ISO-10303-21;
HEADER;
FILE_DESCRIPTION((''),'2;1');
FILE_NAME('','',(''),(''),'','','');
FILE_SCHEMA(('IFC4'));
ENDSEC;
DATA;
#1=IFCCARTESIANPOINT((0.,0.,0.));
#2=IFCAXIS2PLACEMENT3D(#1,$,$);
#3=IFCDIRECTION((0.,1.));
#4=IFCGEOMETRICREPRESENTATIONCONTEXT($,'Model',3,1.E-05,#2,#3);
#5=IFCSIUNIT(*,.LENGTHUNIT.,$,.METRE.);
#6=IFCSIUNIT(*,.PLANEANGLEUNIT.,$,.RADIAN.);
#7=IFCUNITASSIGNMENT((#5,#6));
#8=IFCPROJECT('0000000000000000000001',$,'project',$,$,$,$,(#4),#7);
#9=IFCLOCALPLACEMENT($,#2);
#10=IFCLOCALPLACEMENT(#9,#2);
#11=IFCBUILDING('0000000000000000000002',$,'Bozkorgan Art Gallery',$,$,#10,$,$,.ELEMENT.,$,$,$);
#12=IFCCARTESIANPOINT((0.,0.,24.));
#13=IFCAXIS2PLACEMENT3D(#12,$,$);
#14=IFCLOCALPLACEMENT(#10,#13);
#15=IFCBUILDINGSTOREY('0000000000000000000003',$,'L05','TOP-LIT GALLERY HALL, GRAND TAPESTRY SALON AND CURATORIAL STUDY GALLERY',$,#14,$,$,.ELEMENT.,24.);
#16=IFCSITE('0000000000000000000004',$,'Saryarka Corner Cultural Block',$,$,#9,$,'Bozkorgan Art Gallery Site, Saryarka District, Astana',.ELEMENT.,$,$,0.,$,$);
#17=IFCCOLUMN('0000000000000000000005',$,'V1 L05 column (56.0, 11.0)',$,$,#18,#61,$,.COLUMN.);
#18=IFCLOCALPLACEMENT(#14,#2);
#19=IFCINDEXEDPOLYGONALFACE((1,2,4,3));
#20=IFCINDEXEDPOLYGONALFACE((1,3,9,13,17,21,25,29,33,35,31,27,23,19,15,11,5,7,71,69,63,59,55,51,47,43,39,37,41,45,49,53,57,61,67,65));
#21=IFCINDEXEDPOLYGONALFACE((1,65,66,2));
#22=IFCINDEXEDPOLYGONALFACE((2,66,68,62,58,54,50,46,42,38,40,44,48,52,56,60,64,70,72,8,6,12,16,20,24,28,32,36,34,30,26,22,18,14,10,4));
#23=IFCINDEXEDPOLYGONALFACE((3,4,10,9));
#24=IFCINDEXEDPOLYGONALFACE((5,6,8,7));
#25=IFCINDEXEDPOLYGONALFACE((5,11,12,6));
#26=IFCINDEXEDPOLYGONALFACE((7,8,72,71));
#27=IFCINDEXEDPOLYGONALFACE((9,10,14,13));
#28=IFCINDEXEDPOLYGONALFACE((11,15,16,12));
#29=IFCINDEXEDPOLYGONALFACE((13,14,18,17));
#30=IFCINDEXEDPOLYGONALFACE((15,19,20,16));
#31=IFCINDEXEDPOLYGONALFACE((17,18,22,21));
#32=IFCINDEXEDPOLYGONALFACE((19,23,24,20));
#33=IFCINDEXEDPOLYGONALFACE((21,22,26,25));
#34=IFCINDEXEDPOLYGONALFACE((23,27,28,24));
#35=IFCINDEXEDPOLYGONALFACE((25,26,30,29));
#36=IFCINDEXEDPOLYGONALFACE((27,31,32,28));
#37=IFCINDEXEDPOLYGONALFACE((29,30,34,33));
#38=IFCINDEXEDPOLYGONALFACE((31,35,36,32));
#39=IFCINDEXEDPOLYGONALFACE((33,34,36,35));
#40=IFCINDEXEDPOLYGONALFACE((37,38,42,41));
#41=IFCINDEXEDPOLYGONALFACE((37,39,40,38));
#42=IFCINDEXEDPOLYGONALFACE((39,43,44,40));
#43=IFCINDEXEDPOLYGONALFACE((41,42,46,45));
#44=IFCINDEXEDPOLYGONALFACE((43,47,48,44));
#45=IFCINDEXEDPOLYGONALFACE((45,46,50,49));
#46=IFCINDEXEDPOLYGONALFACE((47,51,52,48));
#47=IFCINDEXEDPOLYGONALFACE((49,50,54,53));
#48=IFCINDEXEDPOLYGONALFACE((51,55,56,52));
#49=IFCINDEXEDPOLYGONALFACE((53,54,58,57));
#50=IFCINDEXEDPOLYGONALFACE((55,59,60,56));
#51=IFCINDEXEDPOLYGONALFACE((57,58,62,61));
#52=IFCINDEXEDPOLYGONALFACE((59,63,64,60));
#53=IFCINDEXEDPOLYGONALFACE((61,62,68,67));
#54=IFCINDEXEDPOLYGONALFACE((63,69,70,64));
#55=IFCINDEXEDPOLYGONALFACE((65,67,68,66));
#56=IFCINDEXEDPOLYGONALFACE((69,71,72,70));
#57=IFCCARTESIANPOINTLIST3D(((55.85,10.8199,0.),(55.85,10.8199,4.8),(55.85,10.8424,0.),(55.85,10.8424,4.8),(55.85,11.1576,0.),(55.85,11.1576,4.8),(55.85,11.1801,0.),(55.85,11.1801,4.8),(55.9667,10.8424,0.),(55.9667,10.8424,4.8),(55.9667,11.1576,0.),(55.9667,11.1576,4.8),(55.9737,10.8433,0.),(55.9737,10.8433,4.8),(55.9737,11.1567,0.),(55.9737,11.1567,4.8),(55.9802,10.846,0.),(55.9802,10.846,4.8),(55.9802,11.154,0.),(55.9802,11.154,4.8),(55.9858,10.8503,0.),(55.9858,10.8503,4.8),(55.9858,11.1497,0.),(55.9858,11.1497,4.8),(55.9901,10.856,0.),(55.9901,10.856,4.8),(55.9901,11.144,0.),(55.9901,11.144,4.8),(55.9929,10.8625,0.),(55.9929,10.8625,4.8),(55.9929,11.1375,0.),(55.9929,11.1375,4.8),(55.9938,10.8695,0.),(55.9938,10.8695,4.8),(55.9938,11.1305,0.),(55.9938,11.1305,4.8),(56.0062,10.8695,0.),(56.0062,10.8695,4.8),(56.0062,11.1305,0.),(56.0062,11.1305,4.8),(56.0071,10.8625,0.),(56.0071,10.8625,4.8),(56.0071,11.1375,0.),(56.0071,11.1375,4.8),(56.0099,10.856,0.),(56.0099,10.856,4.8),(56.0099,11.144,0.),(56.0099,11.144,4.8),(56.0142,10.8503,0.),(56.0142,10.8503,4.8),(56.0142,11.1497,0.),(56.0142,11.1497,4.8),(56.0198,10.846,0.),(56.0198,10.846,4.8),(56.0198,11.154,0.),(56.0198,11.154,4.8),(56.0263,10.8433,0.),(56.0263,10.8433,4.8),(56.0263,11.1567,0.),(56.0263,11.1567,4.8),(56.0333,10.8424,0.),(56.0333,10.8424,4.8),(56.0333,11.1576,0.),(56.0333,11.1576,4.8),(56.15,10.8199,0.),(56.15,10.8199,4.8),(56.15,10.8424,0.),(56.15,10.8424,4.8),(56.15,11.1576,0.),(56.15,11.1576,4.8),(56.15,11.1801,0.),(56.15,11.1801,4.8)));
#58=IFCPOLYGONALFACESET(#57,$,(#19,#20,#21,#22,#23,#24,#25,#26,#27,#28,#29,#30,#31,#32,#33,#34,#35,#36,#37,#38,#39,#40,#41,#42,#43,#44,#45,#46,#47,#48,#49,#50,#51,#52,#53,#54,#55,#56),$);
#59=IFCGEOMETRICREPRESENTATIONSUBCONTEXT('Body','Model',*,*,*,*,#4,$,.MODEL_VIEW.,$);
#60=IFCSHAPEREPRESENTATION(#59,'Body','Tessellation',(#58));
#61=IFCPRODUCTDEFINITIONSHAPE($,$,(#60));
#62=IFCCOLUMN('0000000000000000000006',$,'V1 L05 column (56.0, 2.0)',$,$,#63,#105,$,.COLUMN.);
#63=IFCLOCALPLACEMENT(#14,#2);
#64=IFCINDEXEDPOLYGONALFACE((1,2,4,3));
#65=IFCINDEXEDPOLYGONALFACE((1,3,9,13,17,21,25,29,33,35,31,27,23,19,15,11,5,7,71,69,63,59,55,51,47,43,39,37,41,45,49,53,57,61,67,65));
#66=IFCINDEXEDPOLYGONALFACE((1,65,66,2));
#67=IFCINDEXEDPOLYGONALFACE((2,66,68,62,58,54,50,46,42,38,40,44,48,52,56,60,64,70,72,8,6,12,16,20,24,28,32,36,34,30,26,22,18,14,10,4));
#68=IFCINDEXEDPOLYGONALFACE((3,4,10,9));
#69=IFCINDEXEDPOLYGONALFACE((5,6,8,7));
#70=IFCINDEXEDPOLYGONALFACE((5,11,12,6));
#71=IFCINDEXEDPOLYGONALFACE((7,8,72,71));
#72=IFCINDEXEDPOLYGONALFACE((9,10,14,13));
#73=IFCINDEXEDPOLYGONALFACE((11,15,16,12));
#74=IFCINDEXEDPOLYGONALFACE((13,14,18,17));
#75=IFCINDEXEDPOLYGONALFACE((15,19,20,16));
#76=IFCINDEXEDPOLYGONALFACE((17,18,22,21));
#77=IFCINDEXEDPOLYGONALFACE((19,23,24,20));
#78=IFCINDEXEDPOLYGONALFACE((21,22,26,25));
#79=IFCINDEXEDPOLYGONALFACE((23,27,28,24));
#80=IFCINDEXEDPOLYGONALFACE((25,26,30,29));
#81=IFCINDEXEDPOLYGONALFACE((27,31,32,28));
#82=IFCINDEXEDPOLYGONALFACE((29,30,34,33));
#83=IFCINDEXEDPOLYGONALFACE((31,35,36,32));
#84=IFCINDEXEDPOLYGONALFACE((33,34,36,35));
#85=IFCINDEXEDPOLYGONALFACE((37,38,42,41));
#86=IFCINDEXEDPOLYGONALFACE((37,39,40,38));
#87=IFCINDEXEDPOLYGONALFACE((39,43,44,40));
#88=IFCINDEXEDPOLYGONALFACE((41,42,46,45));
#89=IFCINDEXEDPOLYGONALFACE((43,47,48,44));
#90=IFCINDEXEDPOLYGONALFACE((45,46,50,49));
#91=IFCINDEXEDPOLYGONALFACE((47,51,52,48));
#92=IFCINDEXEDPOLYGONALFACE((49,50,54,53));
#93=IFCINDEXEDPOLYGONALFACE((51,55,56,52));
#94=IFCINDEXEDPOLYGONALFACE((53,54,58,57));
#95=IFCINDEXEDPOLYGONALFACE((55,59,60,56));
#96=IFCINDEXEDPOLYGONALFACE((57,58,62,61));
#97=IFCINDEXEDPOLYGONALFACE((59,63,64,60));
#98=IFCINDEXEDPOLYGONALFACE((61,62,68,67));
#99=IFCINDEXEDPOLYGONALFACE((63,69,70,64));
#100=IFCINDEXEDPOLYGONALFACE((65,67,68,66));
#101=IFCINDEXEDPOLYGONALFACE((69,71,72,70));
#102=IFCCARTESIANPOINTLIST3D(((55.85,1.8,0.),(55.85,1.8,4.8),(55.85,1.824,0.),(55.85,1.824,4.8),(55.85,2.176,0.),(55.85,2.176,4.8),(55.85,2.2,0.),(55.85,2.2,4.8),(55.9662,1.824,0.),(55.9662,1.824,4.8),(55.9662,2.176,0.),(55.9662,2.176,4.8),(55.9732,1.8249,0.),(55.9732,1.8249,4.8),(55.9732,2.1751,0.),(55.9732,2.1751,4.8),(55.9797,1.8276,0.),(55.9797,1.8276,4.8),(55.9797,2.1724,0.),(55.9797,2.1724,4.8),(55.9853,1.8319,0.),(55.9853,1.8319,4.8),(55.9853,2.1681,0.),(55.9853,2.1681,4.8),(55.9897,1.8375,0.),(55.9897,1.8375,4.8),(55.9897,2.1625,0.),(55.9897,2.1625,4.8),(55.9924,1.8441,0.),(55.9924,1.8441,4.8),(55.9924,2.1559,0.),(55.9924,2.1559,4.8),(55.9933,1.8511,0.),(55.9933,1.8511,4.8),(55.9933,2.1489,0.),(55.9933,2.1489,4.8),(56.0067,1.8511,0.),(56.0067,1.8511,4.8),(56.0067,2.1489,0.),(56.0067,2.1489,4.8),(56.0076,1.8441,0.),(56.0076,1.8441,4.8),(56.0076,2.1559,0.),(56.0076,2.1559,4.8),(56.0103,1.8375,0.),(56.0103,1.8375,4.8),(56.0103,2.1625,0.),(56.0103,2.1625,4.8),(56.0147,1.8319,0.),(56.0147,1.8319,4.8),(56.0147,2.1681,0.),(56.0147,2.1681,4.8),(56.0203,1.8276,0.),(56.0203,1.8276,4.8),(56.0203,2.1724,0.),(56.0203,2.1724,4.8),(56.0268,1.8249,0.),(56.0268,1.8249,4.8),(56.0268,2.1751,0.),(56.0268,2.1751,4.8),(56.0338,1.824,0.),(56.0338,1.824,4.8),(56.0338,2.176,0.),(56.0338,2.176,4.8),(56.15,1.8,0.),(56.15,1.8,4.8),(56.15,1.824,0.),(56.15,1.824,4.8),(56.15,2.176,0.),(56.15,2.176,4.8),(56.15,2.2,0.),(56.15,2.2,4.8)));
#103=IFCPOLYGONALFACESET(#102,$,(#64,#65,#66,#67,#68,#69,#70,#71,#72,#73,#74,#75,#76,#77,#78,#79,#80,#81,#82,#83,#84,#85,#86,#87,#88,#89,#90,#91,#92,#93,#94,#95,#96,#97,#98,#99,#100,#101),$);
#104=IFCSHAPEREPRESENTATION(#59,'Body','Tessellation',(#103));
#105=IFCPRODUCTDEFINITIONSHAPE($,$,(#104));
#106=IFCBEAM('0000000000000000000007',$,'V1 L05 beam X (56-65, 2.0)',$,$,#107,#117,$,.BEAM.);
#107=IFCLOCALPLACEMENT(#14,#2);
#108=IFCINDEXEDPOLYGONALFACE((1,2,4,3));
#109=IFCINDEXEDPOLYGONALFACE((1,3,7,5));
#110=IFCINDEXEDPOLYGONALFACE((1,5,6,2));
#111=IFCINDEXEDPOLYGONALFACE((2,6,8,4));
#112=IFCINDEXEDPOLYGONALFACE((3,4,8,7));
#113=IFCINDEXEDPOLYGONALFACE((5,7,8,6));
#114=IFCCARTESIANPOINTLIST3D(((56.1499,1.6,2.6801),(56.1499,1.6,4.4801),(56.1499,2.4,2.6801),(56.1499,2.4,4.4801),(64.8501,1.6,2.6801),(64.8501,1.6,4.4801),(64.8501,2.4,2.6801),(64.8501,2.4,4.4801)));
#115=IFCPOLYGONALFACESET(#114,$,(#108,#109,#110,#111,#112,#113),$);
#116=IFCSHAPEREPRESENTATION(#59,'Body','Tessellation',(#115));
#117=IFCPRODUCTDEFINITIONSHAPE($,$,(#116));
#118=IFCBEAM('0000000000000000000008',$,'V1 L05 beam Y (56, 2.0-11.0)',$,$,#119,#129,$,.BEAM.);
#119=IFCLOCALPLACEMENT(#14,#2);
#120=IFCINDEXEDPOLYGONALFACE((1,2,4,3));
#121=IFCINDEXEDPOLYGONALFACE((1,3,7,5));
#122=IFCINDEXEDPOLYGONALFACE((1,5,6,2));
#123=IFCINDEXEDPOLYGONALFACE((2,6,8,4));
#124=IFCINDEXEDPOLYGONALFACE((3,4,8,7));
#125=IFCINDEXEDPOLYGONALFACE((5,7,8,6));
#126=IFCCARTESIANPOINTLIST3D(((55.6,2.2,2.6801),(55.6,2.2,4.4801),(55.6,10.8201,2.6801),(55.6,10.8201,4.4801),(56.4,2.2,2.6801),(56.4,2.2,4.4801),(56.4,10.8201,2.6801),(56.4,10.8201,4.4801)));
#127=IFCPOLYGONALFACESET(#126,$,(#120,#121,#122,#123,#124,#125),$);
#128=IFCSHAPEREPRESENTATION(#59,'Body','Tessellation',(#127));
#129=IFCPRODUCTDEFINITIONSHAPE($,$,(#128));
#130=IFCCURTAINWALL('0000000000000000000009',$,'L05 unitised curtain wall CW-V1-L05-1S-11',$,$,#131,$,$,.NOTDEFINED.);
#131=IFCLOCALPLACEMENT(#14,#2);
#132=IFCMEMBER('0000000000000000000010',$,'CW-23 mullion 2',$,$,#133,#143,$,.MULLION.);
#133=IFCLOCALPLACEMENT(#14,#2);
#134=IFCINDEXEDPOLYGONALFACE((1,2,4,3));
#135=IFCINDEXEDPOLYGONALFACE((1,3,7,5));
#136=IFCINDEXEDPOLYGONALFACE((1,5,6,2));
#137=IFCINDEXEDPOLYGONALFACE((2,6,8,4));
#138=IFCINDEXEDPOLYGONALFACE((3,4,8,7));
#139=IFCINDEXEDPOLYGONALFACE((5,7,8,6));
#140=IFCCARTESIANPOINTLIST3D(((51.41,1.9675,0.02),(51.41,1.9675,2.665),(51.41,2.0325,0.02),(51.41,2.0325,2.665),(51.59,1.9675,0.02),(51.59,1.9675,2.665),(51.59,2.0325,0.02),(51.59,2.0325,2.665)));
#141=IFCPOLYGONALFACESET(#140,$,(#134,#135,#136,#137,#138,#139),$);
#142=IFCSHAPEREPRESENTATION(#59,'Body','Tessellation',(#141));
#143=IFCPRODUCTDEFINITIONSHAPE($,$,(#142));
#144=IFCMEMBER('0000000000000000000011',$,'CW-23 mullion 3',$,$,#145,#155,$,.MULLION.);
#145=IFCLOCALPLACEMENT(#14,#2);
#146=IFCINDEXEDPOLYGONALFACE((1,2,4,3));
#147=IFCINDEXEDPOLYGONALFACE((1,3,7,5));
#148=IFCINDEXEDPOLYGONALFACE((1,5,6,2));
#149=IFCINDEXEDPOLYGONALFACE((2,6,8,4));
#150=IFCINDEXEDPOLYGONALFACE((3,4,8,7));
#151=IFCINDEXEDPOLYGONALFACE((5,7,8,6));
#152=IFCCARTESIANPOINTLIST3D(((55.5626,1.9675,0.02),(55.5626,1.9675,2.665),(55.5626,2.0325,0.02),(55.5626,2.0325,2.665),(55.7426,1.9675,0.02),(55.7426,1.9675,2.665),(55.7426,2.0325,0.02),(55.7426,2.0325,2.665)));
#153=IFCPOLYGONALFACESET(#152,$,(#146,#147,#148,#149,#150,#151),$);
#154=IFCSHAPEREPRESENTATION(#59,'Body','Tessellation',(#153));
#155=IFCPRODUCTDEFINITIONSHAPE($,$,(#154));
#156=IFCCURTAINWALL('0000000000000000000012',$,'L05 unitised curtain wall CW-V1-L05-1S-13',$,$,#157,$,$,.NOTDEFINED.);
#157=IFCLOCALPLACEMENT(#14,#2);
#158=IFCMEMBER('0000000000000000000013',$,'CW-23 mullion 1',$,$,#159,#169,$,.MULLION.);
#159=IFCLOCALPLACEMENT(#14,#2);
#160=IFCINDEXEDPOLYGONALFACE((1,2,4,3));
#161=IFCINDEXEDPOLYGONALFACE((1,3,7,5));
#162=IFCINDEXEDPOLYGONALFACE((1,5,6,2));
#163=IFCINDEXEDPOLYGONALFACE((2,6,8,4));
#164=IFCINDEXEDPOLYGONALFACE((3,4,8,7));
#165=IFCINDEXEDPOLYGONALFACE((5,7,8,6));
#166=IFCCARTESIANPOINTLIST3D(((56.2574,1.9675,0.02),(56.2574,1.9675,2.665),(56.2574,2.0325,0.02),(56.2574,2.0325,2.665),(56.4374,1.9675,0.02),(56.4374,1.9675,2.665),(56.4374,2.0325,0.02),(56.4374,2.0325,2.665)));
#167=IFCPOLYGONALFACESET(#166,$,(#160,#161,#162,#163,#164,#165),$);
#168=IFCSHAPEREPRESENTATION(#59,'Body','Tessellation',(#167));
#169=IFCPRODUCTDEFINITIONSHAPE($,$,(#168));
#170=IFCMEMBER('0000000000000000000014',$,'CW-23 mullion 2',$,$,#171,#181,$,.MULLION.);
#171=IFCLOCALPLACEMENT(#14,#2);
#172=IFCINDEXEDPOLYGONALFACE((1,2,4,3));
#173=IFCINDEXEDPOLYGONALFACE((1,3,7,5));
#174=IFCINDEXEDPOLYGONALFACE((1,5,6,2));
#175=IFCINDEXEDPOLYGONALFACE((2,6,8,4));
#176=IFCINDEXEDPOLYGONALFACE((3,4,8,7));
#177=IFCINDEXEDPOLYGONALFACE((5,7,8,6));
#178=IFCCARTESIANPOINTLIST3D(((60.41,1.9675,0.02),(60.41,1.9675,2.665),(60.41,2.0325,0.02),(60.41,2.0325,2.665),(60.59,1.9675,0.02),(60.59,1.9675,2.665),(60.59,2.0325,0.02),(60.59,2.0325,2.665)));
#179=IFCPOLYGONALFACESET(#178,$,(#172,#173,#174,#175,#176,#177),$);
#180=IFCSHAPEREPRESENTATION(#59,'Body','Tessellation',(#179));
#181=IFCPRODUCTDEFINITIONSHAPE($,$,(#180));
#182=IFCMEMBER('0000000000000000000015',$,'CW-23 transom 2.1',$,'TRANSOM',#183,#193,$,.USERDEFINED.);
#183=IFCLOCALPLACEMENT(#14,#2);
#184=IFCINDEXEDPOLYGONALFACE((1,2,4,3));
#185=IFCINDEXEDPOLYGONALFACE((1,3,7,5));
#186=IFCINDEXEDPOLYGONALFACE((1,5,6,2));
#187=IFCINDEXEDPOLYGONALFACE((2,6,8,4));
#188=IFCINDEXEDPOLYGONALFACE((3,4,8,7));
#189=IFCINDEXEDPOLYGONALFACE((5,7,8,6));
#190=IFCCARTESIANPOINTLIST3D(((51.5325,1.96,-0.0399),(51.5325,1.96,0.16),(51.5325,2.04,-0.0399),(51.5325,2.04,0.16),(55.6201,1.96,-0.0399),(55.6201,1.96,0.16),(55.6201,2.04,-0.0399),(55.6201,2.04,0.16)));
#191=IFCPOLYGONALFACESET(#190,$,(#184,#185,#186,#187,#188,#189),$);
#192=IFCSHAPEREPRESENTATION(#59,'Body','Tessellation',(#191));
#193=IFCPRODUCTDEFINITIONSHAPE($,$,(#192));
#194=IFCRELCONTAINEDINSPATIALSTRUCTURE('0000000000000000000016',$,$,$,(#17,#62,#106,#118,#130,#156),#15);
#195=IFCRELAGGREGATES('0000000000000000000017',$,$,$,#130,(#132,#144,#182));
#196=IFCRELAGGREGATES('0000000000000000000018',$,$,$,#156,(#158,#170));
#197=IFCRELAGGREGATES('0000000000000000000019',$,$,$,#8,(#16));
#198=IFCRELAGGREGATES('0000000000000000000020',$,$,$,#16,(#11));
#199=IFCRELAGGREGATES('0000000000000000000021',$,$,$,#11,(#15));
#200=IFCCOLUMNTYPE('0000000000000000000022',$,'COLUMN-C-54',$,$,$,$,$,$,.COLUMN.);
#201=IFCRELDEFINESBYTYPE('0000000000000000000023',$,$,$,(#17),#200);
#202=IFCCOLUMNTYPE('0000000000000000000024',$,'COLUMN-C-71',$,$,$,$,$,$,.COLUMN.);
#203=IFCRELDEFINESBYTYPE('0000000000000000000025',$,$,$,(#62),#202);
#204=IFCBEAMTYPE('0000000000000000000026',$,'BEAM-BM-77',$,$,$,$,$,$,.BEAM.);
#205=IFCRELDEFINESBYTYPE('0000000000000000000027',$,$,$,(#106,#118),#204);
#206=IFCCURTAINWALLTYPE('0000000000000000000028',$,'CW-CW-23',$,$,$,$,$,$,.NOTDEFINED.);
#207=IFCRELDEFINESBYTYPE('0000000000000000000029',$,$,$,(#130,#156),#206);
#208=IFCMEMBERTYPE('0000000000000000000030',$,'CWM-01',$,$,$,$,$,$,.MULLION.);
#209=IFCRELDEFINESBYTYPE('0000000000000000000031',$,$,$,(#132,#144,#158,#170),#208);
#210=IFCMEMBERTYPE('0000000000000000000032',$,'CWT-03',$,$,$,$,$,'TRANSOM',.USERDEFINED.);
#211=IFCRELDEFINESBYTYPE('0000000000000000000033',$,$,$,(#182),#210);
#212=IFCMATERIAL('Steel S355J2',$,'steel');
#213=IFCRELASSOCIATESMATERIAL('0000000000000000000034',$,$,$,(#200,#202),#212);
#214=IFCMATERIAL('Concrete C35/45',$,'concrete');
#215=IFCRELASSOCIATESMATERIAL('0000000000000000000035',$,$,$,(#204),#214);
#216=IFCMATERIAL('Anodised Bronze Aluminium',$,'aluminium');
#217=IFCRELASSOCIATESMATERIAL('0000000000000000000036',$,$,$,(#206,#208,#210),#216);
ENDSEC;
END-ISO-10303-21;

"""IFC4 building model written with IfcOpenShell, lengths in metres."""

from ifc_helpers import new_model, si_unit, direction, frame, origin, origin_2d, place, context, subcontext, project, spatial, rectangle, i_section, extrude, material, material_profile, profile_set, type_object, element, aggregate, save


model = new_model("IFC4")

# Units and contexts
model_context = context("Model", 3, precision=1e-05, world=origin(), true_north=direction((0.0, 1.0)))
body_context = subcontext(model_context, "Body", "Model", "MODEL_VIEW")
ifc_project = project(units=[si_unit("LENGTHUNIT", "METRE"), si_unit("PLANEANGLEUNIT", "RADIAN")], contexts=[model_context])

# Site, building, storey
site_placement = place(None, origin())
site = spatial("IfcSite", under=ifc_project, at=site_placement, Name="Saryarka Corner Cultural Block", LongName="Bozkorgan Art Gallery Site, Saryarka District, Astana", CompositionType="ELEMENT", RefElevation=0.0)
building_placement = place(site_placement, origin())
building = spatial("IfcBuilding", under=site, at=building_placement, Name="Bozkorgan Art Gallery", CompositionType="ELEMENT")
storey_placement = place(building_placement, frame((0.0, 0.0, 24.0)))
storey = spatial("IfcBuildingStorey", under=building, at=storey_placement, Name="L05", Description="TOP-LIT GALLERY HALL, GRAND TAPESTRY SALON AND CURATORIAL STUDY GALLERY", CompositionType="ELEMENT", Elevation=24.0)

# Columns
ifc_material_1 = material(Name="Steel S355J2", Category="steel")
ifc_material_profile_1 = material_profile(ifc_material_1, i_section(OverallWidth=0.3, OverallDepth=0.3601, WebThickness=0.0125, FlangeThickness=0.0225, FilletRadius=0.0271, at=origin_2d()), Name="HEB 360")
ifc_profile_set_1 = profile_set([ifc_material_profile_1], Name="Steel S355J2")
column_type_1 = type_object("IfcColumnType", Name="COLUMN-C-54", PredefinedType="COLUMN", material=ifc_profile_set_1)
column_1_placement = place(storey_placement, frame((56.0, 11.0, 0.0), z_axis=(0.0, 0.0, 1.0), x_axis=(1.0, 0.0, 0.0)))
element("IfcColumn", 1, at=column_1_placement, inside=storey, type_object=column_type_1, Name="V1 L05 column (56.0, 11.0)", PredefinedType="COLUMN", context=body_context, shape_type="SweptSolid", body=[
    extrude(i_section(OverallWidth=0.3, OverallDepth=0.3601, WebThickness=0.0125, FlangeThickness=0.0225, FilletRadius=0.0271, at=origin_2d()), origin(), (0.0, 0.0, 1.0), 4.8),
])
ifc_material_profile_2 = material_profile(ifc_material_1, i_section(OverallWidth=0.3, OverallDepth=0.3999, WebThickness=0.0134, FlangeThickness=0.0239, FilletRadius=0.0271, at=origin_2d()), Name="HEB 400")
ifc_profile_set_2 = profile_set([ifc_material_profile_2], Name="Steel S355J2")
column_type_2 = type_object("IfcColumnType", Name="COLUMN-C-71", PredefinedType="COLUMN", material=ifc_profile_set_2)
column_2_placement = place(storey_placement, frame((56.0, 2.0, 0.0), z_axis=(0.0, 0.0, 1.0), x_axis=(1.0, 0.0, 0.0)))
element("IfcColumn", 2, at=column_2_placement, inside=storey, type_object=column_type_2, Name="V1 L05 column (56.0, 2.0)", PredefinedType="COLUMN", context=body_context, shape_type="SweptSolid", body=[
    extrude(i_section(OverallWidth=0.3, OverallDepth=0.3999, WebThickness=0.0134, FlangeThickness=0.0239, FilletRadius=0.0271, at=origin_2d()), origin(), (0.0, 0.0, 1.0), 4.8),
])

# Beams
ifc_material_2 = material(Name="Concrete C35/45", Category="concrete")
ifc_material_profile_3 = material_profile(ifc_material_2, rectangle(XDim=0.8, YDim=1.8, at=origin_2d()), Name="RC 800x1800")
ifc_profile_set_3 = profile_set([ifc_material_profile_3], Name="Concrete C35/45")
beam_type = type_object("IfcBeamType", Name="BEAM-BM-77", PredefinedType="BEAM", material=ifc_profile_set_3)
beam_1_placement = place(storey_placement, frame((56.1499, 2.0, 3.5801), z_axis=(1.0, 0.0, 0.0), x_axis=(0.0, 1.0, 0.0)))
element("IfcBeam", 3, at=beam_1_placement, inside=storey, type_object=beam_type, Name="V1 L05 beam X (56-65, 2.0)", PredefinedType="BEAM", context=body_context, shape_type="SweptSolid", body=[
    extrude(rectangle(XDim=0.8, YDim=1.8, at=origin_2d()), origin(), (0.0, 0.0, 1.0), 8.7002),
])
beam_2_placement = place(storey_placement, frame((56.0, 2.2, 3.5801), z_axis=(0.0, 1.0, 0.0), x_axis=(-1.0, 0.0, 0.0)))
element("IfcBeam", 4, at=beam_2_placement, inside=storey, type_object=beam_type, Name="V1 L05 beam Y (56, 2.0-11.0)", PredefinedType="BEAM", context=body_context, shape_type="SweptSolid", body=[
    extrude(rectangle(XDim=0.8, YDim=1.8, at=origin_2d()), origin(), (0.0, 0.0, 1.0), 8.6201),
])

# Curtain walls, members
ifc_material_3 = material(Name="Anodised Bronze Aluminium", Category="aluminium")
curtain_wall_type = type_object("IfcCurtainWallType", Name="CW-CW-23", PredefinedType="NOTDEFINED", material=ifc_material_3)
curtain_wall_1_placement = place(storey_placement, origin())
curtain_wall_1 = element("IfcCurtainWall", 5, at=curtain_wall_1_placement, inside=storey, type_object=curtain_wall_type, Name="L05 unitised curtain wall CW-V1-L05-1S-11", PredefinedType="NOTDEFINED")
ifc_material_profile_4 = material_profile(ifc_material_3, rectangle(XDim=0.0649, YDim=0.1799, at=origin_2d()), Name="ALU MULLION 65x180")
ifc_profile_set_4 = profile_set([ifc_material_profile_4], Name="Anodised Bronze Aluminium")
member_type_1 = type_object("IfcMemberType", Name="CWM-01", PredefinedType="MULLION", material=ifc_profile_set_4)
member_1_placement = place(storey_placement, frame((51.5, 2.0, 0.02), z_axis=(0.0, 0.0, 1.0), x_axis=(0.0, 1.0, 0.0)))
member_1 = element("IfcMember", 6, at=member_1_placement, type_object=member_type_1, Name="CW-23 mullion 2", PredefinedType="MULLION", context=body_context, shape_type="SweptSolid", body=[
    extrude(rectangle(XDim=0.0649, YDim=0.1799, at=origin_2d()), origin(), (0.0, 0.0, 1.0), 2.645),
])
member_2_placement = place(storey_placement, frame((55.6526, 2.0, 0.02), z_axis=(0.0, 0.0, 1.0), x_axis=(0.0, 1.0, 0.0)))
member_2 = element("IfcMember", 7, at=member_2_placement, type_object=member_type_1, Name="CW-23 mullion 3", PredefinedType="MULLION", context=body_context, shape_type="SweptSolid", body=[
    extrude(rectangle(XDim=0.0649, YDim=0.1799, at=origin_2d()), origin(), (0.0, 0.0, 1.0), 2.645),
])
curtain_wall_2_placement = place(storey_placement, origin())
curtain_wall_2 = element("IfcCurtainWall", 8, at=curtain_wall_2_placement, inside=storey, type_object=curtain_wall_type, Name="L05 unitised curtain wall CW-V1-L05-1S-13", PredefinedType="NOTDEFINED")
member_3_placement = place(storey_placement, frame((56.3474, 2.0, 0.02), z_axis=(0.0, 0.0, 1.0), x_axis=(0.0, 1.0, 0.0)))
member_3 = element("IfcMember", 9, at=member_3_placement, type_object=member_type_1, Name="CW-23 mullion 1", PredefinedType="MULLION", context=body_context, shape_type="SweptSolid", body=[
    extrude(rectangle(XDim=0.0649, YDim=0.1799, at=origin_2d()), origin(), (0.0, 0.0, 1.0), 2.645),
])
member_4_placement = place(storey_placement, frame((60.5, 2.0, 0.02), z_axis=(0.0, 0.0, 1.0), x_axis=(0.0, 1.0, 0.0)))
member_4 = element("IfcMember", 10, at=member_4_placement, type_object=member_type_1, Name="CW-23 mullion 2", PredefinedType="MULLION", context=body_context, shape_type="SweptSolid", body=[
    extrude(rectangle(XDim=0.0649, YDim=0.1799, at=origin_2d()), origin(), (0.0, 0.0, 1.0), 2.645),
])

# Member
ifc_material_profile_5 = material_profile(ifc_material_3, rectangle(XDim=0.0801, YDim=0.2, at=origin_2d()), Name="ALU TRANSOM 80x200")
ifc_profile_set_5 = profile_set([ifc_material_profile_5], Name="Anodised Bronze Aluminium")
member_type_2 = type_object("IfcMemberType", Name="CWT-03", ElementType="TRANSOM", PredefinedType="USERDEFINED", material=ifc_profile_set_5)
member_5_placement = place(storey_placement, frame((51.5325, 2.0, 0.0601), z_axis=(1.0, 0.0, 0.0), x_axis=(0.0, 1.0, 0.0)))
member_5 = element("IfcMember", 11, at=member_5_placement, type_object=member_type_2, Name="CW-23 transom 2.1", ObjectType="TRANSOM", PredefinedType="USERDEFINED", context=body_context, shape_type="SweptSolid", body=[
    extrude(rectangle(XDim=0.0801, YDim=0.2, at=origin_2d()), origin(), (0.0, 0.0, 1.0), 4.0876),
])

aggregate(curtain_wall_1, [member_1, member_2, member_5])
aggregate(curtain_wall_2, [member_3, member_4])

save(model, "model.ifc")
